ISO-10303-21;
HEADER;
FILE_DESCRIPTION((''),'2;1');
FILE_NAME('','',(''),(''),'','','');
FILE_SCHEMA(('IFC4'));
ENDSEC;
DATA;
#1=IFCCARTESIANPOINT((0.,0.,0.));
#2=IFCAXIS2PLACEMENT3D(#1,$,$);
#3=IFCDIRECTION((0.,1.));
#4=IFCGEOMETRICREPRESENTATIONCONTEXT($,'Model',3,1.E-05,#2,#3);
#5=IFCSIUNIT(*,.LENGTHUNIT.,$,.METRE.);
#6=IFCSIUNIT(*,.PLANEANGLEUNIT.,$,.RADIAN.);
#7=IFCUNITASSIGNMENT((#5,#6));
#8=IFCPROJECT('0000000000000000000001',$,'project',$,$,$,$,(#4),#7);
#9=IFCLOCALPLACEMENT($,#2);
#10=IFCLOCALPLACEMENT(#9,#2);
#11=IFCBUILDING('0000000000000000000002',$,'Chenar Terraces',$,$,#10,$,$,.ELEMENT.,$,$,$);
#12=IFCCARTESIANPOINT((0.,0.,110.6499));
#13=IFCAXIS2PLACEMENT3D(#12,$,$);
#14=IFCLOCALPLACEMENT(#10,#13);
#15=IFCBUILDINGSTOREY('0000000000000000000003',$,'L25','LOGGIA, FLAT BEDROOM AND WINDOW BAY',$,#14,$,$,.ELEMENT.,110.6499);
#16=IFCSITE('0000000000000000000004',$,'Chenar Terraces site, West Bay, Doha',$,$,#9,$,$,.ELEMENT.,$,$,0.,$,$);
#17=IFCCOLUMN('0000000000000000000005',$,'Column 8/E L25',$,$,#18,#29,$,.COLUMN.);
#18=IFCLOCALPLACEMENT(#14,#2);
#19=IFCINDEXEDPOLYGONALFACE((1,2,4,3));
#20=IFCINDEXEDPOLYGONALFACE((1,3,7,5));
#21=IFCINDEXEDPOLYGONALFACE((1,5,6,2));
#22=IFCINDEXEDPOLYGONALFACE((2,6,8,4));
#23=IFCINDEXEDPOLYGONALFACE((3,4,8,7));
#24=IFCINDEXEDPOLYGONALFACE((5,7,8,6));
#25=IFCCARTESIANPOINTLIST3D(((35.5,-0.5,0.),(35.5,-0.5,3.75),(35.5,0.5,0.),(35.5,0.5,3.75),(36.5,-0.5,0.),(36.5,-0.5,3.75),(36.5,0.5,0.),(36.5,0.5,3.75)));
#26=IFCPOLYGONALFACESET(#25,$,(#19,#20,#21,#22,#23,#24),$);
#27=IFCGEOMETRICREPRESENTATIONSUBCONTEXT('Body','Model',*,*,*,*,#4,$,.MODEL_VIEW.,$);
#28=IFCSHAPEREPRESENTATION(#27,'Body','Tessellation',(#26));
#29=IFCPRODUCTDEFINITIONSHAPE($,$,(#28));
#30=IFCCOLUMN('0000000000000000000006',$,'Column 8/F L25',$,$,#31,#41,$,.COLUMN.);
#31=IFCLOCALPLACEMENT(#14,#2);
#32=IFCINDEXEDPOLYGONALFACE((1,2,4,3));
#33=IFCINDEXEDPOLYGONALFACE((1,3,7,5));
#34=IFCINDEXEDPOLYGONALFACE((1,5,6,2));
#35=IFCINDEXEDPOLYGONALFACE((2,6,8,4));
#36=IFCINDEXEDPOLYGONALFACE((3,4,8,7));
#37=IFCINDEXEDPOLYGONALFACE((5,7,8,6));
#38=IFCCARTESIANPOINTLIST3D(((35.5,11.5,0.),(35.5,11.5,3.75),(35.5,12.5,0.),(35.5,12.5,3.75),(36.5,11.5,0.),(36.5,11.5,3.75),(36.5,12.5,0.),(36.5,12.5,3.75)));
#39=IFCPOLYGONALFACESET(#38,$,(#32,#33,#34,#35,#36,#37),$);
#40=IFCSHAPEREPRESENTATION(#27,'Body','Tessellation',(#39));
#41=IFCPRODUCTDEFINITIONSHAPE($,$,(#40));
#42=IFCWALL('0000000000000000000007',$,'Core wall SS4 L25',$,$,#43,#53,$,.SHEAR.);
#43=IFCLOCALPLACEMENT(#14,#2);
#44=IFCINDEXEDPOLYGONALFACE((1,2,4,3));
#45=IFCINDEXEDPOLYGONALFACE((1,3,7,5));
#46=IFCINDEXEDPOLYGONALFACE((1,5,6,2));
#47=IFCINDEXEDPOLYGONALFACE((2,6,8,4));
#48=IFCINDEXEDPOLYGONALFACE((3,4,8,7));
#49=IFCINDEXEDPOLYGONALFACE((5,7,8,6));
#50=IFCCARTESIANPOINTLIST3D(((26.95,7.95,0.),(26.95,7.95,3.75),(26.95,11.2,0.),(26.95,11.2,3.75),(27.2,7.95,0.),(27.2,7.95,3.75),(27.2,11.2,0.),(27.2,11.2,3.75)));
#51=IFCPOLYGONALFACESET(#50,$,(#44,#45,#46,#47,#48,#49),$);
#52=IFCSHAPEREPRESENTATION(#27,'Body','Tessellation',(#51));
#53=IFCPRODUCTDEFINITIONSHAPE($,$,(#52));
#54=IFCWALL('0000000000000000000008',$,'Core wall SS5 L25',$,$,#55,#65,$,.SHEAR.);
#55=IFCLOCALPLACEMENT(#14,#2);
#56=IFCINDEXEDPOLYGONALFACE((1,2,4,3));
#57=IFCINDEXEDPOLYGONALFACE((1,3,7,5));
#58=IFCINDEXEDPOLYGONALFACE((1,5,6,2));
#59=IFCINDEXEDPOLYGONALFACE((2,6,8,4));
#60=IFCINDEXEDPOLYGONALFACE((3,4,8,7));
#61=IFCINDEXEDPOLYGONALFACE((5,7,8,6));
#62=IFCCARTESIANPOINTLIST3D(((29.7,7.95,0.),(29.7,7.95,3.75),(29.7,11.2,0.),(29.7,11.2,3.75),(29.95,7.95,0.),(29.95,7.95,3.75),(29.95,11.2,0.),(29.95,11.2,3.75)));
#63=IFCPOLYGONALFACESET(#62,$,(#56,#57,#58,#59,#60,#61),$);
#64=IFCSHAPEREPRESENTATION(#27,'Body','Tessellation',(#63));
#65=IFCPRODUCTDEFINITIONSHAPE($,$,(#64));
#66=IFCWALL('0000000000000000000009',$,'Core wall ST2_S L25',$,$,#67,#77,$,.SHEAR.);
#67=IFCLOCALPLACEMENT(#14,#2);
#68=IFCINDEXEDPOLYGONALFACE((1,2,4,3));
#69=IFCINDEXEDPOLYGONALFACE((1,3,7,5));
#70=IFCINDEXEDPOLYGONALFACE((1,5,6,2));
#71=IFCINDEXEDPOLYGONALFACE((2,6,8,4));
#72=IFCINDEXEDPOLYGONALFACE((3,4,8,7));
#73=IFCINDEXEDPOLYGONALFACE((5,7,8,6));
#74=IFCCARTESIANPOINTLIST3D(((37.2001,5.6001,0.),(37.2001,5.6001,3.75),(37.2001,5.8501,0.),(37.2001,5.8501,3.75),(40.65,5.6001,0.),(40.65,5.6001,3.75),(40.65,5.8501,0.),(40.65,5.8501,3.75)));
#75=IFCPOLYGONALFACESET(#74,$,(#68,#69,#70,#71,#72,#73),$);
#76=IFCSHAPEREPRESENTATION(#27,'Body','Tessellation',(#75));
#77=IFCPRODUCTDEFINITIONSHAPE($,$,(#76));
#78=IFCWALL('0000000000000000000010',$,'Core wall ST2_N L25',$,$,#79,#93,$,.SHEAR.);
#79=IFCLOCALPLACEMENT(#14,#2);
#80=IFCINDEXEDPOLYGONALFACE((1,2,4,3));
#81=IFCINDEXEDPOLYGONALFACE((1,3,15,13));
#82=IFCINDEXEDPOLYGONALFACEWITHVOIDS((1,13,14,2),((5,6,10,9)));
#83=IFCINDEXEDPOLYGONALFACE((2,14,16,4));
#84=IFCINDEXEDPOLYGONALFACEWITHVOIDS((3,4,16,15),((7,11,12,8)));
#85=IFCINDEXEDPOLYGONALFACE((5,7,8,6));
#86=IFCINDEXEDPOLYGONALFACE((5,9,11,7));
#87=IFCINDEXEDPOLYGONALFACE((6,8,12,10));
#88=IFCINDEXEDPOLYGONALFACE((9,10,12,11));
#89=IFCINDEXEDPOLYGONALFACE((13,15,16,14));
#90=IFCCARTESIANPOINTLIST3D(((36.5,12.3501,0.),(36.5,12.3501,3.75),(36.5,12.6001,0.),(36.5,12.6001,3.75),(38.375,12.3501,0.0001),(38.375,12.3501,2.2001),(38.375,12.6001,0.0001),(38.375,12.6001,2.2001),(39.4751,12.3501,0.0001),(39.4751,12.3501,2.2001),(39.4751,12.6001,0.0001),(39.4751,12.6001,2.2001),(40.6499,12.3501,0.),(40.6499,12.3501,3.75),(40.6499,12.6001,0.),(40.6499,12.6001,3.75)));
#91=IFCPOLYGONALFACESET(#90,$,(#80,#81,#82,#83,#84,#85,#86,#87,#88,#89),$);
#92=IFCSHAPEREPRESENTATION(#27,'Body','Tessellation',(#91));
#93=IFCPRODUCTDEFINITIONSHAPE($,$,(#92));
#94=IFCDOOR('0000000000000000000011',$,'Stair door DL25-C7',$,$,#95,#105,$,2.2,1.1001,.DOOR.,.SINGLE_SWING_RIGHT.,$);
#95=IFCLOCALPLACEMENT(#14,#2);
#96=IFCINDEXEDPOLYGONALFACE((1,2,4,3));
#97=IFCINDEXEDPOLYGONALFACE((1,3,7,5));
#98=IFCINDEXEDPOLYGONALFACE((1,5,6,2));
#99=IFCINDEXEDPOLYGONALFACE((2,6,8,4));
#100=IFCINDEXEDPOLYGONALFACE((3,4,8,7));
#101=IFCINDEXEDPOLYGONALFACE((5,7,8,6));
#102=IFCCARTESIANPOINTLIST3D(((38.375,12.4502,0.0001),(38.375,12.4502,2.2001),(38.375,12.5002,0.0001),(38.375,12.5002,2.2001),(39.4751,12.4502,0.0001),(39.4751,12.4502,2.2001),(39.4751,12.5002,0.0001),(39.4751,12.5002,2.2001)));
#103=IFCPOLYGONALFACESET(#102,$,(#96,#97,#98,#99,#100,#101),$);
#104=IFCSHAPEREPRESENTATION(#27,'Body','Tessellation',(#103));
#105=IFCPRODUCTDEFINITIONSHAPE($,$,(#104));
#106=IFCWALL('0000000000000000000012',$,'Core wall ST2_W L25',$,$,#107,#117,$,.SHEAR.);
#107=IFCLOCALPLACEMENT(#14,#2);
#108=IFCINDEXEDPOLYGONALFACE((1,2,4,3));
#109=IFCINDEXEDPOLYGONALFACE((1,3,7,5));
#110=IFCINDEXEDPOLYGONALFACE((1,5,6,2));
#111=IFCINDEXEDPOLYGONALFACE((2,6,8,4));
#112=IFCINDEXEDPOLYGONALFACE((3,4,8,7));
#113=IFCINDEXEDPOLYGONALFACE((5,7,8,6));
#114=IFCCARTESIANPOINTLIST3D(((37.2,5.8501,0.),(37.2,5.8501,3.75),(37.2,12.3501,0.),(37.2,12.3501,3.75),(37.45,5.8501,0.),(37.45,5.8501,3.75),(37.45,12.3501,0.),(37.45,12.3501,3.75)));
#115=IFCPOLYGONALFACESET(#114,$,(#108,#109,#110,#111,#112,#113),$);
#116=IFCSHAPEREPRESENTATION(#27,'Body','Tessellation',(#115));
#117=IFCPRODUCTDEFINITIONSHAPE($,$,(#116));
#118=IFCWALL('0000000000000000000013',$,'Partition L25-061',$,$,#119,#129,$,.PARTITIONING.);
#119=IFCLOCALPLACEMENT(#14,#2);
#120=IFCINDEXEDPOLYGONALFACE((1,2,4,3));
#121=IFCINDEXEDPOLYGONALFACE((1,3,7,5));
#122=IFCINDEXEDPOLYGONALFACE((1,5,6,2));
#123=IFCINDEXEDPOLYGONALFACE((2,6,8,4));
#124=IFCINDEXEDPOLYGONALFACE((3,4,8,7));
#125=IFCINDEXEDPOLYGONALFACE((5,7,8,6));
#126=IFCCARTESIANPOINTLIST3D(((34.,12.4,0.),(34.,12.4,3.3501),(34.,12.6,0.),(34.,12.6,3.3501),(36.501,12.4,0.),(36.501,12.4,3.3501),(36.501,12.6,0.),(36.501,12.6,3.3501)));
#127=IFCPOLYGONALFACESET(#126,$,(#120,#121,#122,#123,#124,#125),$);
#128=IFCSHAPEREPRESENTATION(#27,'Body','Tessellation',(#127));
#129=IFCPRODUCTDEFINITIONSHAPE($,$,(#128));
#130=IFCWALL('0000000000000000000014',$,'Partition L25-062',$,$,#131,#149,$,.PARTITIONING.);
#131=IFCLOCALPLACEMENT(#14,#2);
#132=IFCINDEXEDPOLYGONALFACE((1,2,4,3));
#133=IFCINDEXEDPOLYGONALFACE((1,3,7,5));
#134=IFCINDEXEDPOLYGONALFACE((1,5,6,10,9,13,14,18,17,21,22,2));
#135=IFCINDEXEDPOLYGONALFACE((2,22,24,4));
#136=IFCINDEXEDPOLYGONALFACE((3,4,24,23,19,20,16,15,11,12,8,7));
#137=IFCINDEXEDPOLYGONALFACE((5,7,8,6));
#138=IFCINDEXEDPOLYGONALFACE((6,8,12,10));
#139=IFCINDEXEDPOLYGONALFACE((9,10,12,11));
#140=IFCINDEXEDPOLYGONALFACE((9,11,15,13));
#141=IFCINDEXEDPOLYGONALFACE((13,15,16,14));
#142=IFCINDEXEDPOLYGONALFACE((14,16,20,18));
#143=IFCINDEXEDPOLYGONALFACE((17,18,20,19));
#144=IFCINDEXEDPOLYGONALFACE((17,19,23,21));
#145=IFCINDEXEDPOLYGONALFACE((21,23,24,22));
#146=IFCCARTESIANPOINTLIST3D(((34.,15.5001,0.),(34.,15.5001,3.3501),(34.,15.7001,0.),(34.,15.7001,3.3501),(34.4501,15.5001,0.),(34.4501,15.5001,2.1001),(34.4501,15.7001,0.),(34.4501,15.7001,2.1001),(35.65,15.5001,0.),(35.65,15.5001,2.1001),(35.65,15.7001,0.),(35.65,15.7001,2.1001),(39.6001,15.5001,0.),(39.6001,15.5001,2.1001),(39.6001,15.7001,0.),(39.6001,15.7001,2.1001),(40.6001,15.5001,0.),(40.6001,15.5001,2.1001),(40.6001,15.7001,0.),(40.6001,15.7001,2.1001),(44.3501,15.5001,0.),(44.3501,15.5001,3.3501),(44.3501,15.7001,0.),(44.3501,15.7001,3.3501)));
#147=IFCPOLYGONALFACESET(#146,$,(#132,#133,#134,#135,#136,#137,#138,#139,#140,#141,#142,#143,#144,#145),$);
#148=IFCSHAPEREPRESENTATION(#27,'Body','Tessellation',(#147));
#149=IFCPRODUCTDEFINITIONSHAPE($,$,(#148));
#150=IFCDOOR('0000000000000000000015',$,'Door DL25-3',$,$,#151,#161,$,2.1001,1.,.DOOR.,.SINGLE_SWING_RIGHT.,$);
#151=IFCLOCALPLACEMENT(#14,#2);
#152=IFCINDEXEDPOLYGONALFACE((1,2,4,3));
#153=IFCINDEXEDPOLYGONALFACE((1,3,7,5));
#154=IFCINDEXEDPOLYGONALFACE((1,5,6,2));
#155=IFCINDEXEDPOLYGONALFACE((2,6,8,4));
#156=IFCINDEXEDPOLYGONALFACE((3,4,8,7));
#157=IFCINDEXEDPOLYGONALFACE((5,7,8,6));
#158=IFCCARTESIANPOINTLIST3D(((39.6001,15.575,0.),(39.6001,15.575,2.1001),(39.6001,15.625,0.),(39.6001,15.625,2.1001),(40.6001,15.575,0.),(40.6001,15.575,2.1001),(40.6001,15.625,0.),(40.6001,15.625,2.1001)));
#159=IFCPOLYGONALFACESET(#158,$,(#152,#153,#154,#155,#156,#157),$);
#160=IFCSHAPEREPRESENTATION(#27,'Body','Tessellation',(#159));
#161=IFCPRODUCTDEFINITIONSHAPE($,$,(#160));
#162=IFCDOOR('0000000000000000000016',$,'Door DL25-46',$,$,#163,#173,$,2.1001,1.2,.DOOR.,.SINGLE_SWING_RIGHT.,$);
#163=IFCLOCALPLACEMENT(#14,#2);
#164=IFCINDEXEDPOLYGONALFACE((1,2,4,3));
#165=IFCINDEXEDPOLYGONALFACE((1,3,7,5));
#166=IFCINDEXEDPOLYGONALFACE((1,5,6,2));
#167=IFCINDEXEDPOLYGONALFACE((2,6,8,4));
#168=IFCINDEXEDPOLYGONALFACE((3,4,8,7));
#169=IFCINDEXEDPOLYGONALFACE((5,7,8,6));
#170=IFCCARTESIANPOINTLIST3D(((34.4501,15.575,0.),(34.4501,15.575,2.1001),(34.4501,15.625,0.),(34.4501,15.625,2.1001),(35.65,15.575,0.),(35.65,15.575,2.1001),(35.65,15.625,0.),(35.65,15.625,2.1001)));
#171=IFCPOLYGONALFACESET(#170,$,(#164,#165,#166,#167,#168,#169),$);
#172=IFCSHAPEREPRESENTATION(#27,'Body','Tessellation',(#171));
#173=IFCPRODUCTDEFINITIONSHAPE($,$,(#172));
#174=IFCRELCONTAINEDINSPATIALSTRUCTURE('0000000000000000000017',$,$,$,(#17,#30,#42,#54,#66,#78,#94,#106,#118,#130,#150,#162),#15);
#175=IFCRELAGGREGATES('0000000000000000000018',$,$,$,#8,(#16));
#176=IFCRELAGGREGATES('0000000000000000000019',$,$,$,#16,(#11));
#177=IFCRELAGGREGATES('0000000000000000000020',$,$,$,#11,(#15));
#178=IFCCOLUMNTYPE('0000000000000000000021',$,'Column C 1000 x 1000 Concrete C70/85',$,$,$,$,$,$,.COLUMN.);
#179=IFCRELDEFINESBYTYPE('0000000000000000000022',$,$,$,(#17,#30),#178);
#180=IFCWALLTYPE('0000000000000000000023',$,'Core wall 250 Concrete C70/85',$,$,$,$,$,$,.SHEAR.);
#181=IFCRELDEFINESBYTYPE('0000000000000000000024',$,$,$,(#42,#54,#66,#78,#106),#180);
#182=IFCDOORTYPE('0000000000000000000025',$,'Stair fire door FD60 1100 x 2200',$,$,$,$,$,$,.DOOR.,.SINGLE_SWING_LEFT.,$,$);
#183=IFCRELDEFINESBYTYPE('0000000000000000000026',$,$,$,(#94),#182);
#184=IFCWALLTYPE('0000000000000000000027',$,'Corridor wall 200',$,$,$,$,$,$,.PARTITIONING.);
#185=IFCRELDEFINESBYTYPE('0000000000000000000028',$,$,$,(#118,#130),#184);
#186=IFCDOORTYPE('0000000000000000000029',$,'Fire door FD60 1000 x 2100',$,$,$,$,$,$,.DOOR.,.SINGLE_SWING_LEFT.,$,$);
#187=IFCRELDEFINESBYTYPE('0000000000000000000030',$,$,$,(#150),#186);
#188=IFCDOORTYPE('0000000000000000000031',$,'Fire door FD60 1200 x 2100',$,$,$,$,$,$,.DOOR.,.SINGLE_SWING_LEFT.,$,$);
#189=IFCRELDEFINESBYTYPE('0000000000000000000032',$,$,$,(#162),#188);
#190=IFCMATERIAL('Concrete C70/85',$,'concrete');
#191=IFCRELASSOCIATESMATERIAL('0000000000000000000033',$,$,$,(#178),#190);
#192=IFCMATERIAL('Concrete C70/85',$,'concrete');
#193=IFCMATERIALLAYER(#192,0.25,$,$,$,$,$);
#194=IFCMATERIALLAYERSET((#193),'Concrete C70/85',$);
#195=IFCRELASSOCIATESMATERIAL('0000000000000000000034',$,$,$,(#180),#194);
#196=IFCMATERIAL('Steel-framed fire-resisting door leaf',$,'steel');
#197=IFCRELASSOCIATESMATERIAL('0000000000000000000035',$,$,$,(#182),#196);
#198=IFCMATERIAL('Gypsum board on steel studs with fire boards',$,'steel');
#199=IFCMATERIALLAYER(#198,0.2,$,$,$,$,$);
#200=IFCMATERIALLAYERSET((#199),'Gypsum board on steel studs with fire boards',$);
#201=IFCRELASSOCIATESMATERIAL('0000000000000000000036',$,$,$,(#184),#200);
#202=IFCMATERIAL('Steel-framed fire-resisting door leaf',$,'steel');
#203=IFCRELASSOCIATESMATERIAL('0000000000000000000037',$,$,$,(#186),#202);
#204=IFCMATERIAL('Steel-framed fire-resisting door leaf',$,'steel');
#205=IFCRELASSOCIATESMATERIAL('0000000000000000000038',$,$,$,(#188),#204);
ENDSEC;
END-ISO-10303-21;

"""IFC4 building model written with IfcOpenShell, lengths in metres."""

from ifc_helpers import new_model, si_unit, direction, frame, frame_2d, origin, origin_2d, place, context, subcontext, project, spatial, rectangle, extrude, material, layer, layer_set, material_profile, profile_set, type_object, element, fill, save


model = new_model("IFC4")

# Units and contexts
model_context = context("Model", 3, precision=1e-05, world=origin(), true_north=direction((0.0, 1.0)))
body_context = subcontext(model_context, "Body", "Model", "MODEL_VIEW")
ifc_project = project(units=[si_unit("LENGTHUNIT", "METRE"), si_unit("PLANEANGLEUNIT", "RADIAN")], contexts=[model_context])

# Site, building, storey
site_placement = place(None, origin())
site = spatial("IfcSite", under=ifc_project, at=site_placement, Name="Chenar Terraces site, West Bay, Doha", CompositionType="ELEMENT", RefElevation=0.0)
building_placement = place(site_placement, origin())
building = spatial("IfcBuilding", under=site, at=building_placement, Name="Chenar Terraces", CompositionType="ELEMENT")
storey_placement = place(building_placement, frame((0.0, 0.0, 110.6499)))
storey = spatial("IfcBuildingStorey", under=building, at=storey_placement, Name="L25", Description="LOGGIA, FLAT BEDROOM AND WINDOW BAY", CompositionType="ELEMENT", Elevation=110.6499)

# Columns
ifc_material_1 = material(Name="Concrete C70/85", Category="concrete")
ifc_material_profile = material_profile(ifc_material_1, rectangle(XDim=1.0, YDim=1.0, at=origin_2d()), Name="C 1000 x 1000")
ifc_profile_set = profile_set([ifc_material_profile], Name="Concrete C70/85")
column_type = type_object("IfcColumnType", Name="Column C 1000 x 1000 Concrete C70/85", PredefinedType="COLUMN", material=ifc_profile_set)
for number, where, z_axis, x_axis, name in (
    (1, (36.0, 0.0, 0.0), (0.0, 0.0, 1.0), (1.0, 0.0, 0.0), "Column 8/E L25"),
    (2, (36.0, 12.0, 0.0), (0.0, 0.0, 1.0), (1.0, 0.0, 0.0), "Column 8/F L25"),
):
    element("IfcColumn", number, at=place(storey_placement, frame(where, z_axis=z_axis, x_axis=x_axis)), inside=storey, type_object=column_type, Name=name, PredefinedType="COLUMN", context=body_context, shape_type="SweptSolid", body=[
        extrude(rectangle(XDim=1.0, YDim=1.0, at=origin_2d()), origin(), (0.0, 0.0, 1.0), 3.75),
    ])

# Walls
ifc_material_2 = material(Name="Concrete C70/85", Category="concrete")
ifc_layer_1 = layer(ifc_material_2, 0.25)
ifc_layer_set_1 = layer_set([ifc_layer_1], Name="Concrete C70/85")
wall_type_1 = type_object("IfcWallType", Name="Core wall 250 Concrete C70/85", PredefinedType="SHEAR", material=ifc_layer_set_1)
for number, where, z_axis, x_axis, name in (
    (3, (27.075, 7.95, 0.0), (0.0, 0.0, 1.0), (0.0, 1.0, 0.0), "Core wall SS4 L25"),
    (4, (29.825, 7.95, 0.0), (0.0, 0.0, 1.0), (0.0, 1.0, 0.0), "Core wall SS5 L25"),
):
    element("IfcWall", number, at=place(storey_placement, frame(where, z_axis=z_axis, x_axis=x_axis)), inside=storey, type_object=wall_type_1, Name=name, PredefinedType="SHEAR", context=body_context, shape_type="SweptSolid", body=[
        extrude(rectangle(XDim=3.25, YDim=0.25, at=frame_2d((1.625, 0.0))), origin(), (0.0, 0.0, 1.0), 3.75),
    ])
wall_1_placement = place(storey_placement, frame((37.2, 5.7251, 0.0), z_axis=(0.0, 0.0, 1.0), x_axis=(1.0, 0.0, 0.0)))
element("IfcWall", 5, at=wall_1_placement, inside=storey, type_object=wall_type_1, Name="Core wall ST2_S L25", PredefinedType="SHEAR", context=body_context, shape_type="SweptSolid", body=[
    extrude(rectangle(XDim=3.45, YDim=0.25, at=frame_2d((1.7251, 0.0))), origin(), (0.0, 0.0, 1.0), 3.75),
])

# Wall, opening, door
wall_2_placement = place(storey_placement, frame((36.5, 12.4751, 0.0), z_axis=(0.0, 0.0, 1.0), x_axis=(1.0, 0.0, 0.0)))
wall_2 = element("IfcWall", 6, at=wall_2_placement, inside=storey, type_object=wall_type_1, Name="Core wall ST2_N L25", PredefinedType="SHEAR", context=body_context, shape_type="SweptSolid", body=[
    extrude(rectangle(XDim=4.1499, YDim=0.25, at=frame_2d((2.075, 0.0))), origin(), (0.0, 0.0, 1.0), 3.75),
])
opening_1_placement = place(wall_2_placement, frame((1.875, 0.0, 0.0)))
opening_1 = element("IfcOpeningElement", 7, at=opening_1_placement, cuts=wall_2, PredefinedType="OPENING", context=body_context, shape_type="SweptSolid", body=[
    extrude(rectangle(XDim=1.1001, YDim=2.2, at=frame_2d((0.55, 1.1001))), frame((0.0, 0.135, 0.0), z_axis=(0.0, -1.0, 0.0), x_axis=(1.0, 0.0, 0.0)), (0.0, 0.0, 1.0), 0.27),
])
ifc_material_3 = material(Name="Steel-framed fire-resisting door leaf", Category="steel")
door_type_1 = type_object("IfcDoorType", Name="Stair fire door FD60 1100 x 2200", OperationType="SINGLE_SWING_LEFT", PredefinedType="DOOR", material=ifc_material_3)
door_1_placement = place(opening_1_placement, frame((1.1001, 0.0, 0.0), z_axis=(0.0, 0.0, 1.0), x_axis=(-1.0, 0.0, 0.0)))
door_1 = element("IfcDoor", 8, at=door_1_placement, inside=storey, type_object=door_type_1, Name="Stair door DL25-C7", OperationType="SINGLE_SWING_RIGHT", OverallHeight=2.2, OverallWidth=1.1001, PredefinedType="DOOR", context=body_context, shape_type="SweptSolid", body=[
    extrude(rectangle(XDim=1.1001, YDim=2.2, at=frame_2d((0.55, 1.1001))), frame((0.0, 0.0249, 0.0), z_axis=(0.0, -1.0, 0.0), x_axis=(1.0, 0.0, 0.0)), (0.0, 0.0, 1.0), 0.05),
])
fill(opening_1, door_1)

# Wall
wall_3_placement = place(storey_placement, frame((37.325, 5.8501, 0.0), z_axis=(0.0, 0.0, 1.0), x_axis=(0.0, 1.0, 0.0)))
element("IfcWall", 9, at=wall_3_placement, inside=storey, type_object=wall_type_1, Name="Core wall ST2_W L25", PredefinedType="SHEAR", context=body_context, shape_type="SweptSolid", body=[
    extrude(rectangle(XDim=6.5, YDim=0.25, at=frame_2d((3.25, 0.0))), origin(), (0.0, 0.0, 1.0), 3.75),
])

# Wall
ifc_material_4 = material(Name="Gypsum board on steel studs with fire boards", Category="steel")
ifc_layer_2 = layer(ifc_material_4, 0.2)
ifc_layer_set_2 = layer_set([ifc_layer_2], Name="Gypsum board on steel studs with fire boards")
wall_type_2 = type_object("IfcWallType", Name="Corridor wall 200", PredefinedType="PARTITIONING", material=ifc_layer_set_2)
wall_4_placement = place(storey_placement, frame((34.0, 12.5, 0.0), z_axis=(0.0, 0.0, 1.0), x_axis=(1.0, 0.0, 0.0)))
element("IfcWall", 10, at=wall_4_placement, inside=storey, type_object=wall_type_2, Name="Partition L25-061", PredefinedType="PARTITIONING", context=body_context, shape_type="SweptSolid", body=[
    extrude(rectangle(XDim=2.501, YDim=0.2, at=frame_2d((1.2505, 0.0))), origin(), (0.0, 0.0, 1.0), 3.3501),
])

# Wall, openings, doors
wall_5_placement = place(storey_placement, frame((34.0, 15.6001, 0.0), z_axis=(0.0, 0.0, 1.0), x_axis=(1.0, 0.0, 0.0)))
wall_5 = element("IfcWall", 11, at=wall_5_placement, inside=storey, type_object=wall_type_2, Name="Partition L25-062", PredefinedType="PARTITIONING", context=body_context, shape_type="SweptSolid", body=[
    extrude(rectangle(XDim=10.3501, YDim=0.2, at=frame_2d((5.175, 0.0))), origin(), (0.0, 0.0, 1.0), 3.3501),
])
opening_2_placement = place(wall_5_placement, frame((5.6001, 0.0, 0.0)))
opening_2 = element("IfcOpeningElement", 12, at=opening_2_placement, cuts=wall_5, PredefinedType="OPENING", context=body_context, shape_type="SweptSolid", body=[
    extrude(rectangle(XDim=1.0, YDim=2.1001, at=frame_2d((0.5, 1.05))), frame((0.0, 0.1099, 0.0), z_axis=(0.0, -1.0, 0.0), x_axis=(1.0, 0.0, 0.0)), (0.0, 0.0, 1.0), 0.22),
])
opening_3_placement = place(wall_5_placement, frame((0.45, 0.0, 0.0)))
opening_3 = element("IfcOpeningElement", 13, at=opening_3_placement, cuts=wall_5, PredefinedType="OPENING", context=body_context, shape_type="SweptSolid", body=[
    extrude(rectangle(XDim=1.2, YDim=2.1001, at=frame_2d((0.6001, 1.05))), frame((0.0, 0.1099, 0.0), z_axis=(0.0, -1.0, 0.0), x_axis=(1.0, 0.0, 0.0)), (0.0, 0.0, 1.0), 0.22),
])
ifc_material_5 = material(Name="Steel-framed fire-resisting door leaf", Category="steel")
door_type_2 = type_object("IfcDoorType", Name="Fire door FD60 1000 x 2100", OperationType="SINGLE_SWING_LEFT", PredefinedType="DOOR", material=ifc_material_5)
door_2_placement = place(opening_2_placement, origin())
door_2 = element("IfcDoor", 14, at=door_2_placement, inside=storey, type_object=door_type_2, Name="Door DL25-3", OperationType="SINGLE_SWING_RIGHT", OverallHeight=2.1001, OverallWidth=1.0, PredefinedType="DOOR", context=body_context, shape_type="SweptSolid", body=[
    extrude(rectangle(XDim=1.0, YDim=2.1001, at=frame_2d((0.5, 1.05))), frame((0.0, 0.0249, 0.0), z_axis=(0.0, -1.0, 0.0), x_axis=(1.0, 0.0, 0.0)), (0.0, 0.0, 1.0), 0.05),
])
fill(opening_2, door_2)
ifc_material_6 = material(Name="Steel-framed fire-resisting door leaf", Category="steel")
door_type_3 = type_object("IfcDoorType", Name="Fire door FD60 1200 x 2100", OperationType="SINGLE_SWING_LEFT", PredefinedType="DOOR", material=ifc_material_6)
door_3_placement = place(opening_3_placement, origin())
door_3 = element("IfcDoor", 15, at=door_3_placement, inside=storey, type_object=door_type_3, Name="Door DL25-46", OperationType="SINGLE_SWING_RIGHT", OverallHeight=2.1001, OverallWidth=1.2, PredefinedType="DOOR", context=body_context, shape_type="SweptSolid", body=[
    extrude(rectangle(XDim=1.2, YDim=2.1001, at=frame_2d((0.6001, 1.05))), frame((0.0, 0.0249, 0.0), z_axis=(0.0, -1.0, 0.0), x_axis=(1.0, 0.0, 0.0)), (0.0, 0.0, 1.0), 0.05),
])
fill(opening_3, door_3)

save(model, "model.ifc")
